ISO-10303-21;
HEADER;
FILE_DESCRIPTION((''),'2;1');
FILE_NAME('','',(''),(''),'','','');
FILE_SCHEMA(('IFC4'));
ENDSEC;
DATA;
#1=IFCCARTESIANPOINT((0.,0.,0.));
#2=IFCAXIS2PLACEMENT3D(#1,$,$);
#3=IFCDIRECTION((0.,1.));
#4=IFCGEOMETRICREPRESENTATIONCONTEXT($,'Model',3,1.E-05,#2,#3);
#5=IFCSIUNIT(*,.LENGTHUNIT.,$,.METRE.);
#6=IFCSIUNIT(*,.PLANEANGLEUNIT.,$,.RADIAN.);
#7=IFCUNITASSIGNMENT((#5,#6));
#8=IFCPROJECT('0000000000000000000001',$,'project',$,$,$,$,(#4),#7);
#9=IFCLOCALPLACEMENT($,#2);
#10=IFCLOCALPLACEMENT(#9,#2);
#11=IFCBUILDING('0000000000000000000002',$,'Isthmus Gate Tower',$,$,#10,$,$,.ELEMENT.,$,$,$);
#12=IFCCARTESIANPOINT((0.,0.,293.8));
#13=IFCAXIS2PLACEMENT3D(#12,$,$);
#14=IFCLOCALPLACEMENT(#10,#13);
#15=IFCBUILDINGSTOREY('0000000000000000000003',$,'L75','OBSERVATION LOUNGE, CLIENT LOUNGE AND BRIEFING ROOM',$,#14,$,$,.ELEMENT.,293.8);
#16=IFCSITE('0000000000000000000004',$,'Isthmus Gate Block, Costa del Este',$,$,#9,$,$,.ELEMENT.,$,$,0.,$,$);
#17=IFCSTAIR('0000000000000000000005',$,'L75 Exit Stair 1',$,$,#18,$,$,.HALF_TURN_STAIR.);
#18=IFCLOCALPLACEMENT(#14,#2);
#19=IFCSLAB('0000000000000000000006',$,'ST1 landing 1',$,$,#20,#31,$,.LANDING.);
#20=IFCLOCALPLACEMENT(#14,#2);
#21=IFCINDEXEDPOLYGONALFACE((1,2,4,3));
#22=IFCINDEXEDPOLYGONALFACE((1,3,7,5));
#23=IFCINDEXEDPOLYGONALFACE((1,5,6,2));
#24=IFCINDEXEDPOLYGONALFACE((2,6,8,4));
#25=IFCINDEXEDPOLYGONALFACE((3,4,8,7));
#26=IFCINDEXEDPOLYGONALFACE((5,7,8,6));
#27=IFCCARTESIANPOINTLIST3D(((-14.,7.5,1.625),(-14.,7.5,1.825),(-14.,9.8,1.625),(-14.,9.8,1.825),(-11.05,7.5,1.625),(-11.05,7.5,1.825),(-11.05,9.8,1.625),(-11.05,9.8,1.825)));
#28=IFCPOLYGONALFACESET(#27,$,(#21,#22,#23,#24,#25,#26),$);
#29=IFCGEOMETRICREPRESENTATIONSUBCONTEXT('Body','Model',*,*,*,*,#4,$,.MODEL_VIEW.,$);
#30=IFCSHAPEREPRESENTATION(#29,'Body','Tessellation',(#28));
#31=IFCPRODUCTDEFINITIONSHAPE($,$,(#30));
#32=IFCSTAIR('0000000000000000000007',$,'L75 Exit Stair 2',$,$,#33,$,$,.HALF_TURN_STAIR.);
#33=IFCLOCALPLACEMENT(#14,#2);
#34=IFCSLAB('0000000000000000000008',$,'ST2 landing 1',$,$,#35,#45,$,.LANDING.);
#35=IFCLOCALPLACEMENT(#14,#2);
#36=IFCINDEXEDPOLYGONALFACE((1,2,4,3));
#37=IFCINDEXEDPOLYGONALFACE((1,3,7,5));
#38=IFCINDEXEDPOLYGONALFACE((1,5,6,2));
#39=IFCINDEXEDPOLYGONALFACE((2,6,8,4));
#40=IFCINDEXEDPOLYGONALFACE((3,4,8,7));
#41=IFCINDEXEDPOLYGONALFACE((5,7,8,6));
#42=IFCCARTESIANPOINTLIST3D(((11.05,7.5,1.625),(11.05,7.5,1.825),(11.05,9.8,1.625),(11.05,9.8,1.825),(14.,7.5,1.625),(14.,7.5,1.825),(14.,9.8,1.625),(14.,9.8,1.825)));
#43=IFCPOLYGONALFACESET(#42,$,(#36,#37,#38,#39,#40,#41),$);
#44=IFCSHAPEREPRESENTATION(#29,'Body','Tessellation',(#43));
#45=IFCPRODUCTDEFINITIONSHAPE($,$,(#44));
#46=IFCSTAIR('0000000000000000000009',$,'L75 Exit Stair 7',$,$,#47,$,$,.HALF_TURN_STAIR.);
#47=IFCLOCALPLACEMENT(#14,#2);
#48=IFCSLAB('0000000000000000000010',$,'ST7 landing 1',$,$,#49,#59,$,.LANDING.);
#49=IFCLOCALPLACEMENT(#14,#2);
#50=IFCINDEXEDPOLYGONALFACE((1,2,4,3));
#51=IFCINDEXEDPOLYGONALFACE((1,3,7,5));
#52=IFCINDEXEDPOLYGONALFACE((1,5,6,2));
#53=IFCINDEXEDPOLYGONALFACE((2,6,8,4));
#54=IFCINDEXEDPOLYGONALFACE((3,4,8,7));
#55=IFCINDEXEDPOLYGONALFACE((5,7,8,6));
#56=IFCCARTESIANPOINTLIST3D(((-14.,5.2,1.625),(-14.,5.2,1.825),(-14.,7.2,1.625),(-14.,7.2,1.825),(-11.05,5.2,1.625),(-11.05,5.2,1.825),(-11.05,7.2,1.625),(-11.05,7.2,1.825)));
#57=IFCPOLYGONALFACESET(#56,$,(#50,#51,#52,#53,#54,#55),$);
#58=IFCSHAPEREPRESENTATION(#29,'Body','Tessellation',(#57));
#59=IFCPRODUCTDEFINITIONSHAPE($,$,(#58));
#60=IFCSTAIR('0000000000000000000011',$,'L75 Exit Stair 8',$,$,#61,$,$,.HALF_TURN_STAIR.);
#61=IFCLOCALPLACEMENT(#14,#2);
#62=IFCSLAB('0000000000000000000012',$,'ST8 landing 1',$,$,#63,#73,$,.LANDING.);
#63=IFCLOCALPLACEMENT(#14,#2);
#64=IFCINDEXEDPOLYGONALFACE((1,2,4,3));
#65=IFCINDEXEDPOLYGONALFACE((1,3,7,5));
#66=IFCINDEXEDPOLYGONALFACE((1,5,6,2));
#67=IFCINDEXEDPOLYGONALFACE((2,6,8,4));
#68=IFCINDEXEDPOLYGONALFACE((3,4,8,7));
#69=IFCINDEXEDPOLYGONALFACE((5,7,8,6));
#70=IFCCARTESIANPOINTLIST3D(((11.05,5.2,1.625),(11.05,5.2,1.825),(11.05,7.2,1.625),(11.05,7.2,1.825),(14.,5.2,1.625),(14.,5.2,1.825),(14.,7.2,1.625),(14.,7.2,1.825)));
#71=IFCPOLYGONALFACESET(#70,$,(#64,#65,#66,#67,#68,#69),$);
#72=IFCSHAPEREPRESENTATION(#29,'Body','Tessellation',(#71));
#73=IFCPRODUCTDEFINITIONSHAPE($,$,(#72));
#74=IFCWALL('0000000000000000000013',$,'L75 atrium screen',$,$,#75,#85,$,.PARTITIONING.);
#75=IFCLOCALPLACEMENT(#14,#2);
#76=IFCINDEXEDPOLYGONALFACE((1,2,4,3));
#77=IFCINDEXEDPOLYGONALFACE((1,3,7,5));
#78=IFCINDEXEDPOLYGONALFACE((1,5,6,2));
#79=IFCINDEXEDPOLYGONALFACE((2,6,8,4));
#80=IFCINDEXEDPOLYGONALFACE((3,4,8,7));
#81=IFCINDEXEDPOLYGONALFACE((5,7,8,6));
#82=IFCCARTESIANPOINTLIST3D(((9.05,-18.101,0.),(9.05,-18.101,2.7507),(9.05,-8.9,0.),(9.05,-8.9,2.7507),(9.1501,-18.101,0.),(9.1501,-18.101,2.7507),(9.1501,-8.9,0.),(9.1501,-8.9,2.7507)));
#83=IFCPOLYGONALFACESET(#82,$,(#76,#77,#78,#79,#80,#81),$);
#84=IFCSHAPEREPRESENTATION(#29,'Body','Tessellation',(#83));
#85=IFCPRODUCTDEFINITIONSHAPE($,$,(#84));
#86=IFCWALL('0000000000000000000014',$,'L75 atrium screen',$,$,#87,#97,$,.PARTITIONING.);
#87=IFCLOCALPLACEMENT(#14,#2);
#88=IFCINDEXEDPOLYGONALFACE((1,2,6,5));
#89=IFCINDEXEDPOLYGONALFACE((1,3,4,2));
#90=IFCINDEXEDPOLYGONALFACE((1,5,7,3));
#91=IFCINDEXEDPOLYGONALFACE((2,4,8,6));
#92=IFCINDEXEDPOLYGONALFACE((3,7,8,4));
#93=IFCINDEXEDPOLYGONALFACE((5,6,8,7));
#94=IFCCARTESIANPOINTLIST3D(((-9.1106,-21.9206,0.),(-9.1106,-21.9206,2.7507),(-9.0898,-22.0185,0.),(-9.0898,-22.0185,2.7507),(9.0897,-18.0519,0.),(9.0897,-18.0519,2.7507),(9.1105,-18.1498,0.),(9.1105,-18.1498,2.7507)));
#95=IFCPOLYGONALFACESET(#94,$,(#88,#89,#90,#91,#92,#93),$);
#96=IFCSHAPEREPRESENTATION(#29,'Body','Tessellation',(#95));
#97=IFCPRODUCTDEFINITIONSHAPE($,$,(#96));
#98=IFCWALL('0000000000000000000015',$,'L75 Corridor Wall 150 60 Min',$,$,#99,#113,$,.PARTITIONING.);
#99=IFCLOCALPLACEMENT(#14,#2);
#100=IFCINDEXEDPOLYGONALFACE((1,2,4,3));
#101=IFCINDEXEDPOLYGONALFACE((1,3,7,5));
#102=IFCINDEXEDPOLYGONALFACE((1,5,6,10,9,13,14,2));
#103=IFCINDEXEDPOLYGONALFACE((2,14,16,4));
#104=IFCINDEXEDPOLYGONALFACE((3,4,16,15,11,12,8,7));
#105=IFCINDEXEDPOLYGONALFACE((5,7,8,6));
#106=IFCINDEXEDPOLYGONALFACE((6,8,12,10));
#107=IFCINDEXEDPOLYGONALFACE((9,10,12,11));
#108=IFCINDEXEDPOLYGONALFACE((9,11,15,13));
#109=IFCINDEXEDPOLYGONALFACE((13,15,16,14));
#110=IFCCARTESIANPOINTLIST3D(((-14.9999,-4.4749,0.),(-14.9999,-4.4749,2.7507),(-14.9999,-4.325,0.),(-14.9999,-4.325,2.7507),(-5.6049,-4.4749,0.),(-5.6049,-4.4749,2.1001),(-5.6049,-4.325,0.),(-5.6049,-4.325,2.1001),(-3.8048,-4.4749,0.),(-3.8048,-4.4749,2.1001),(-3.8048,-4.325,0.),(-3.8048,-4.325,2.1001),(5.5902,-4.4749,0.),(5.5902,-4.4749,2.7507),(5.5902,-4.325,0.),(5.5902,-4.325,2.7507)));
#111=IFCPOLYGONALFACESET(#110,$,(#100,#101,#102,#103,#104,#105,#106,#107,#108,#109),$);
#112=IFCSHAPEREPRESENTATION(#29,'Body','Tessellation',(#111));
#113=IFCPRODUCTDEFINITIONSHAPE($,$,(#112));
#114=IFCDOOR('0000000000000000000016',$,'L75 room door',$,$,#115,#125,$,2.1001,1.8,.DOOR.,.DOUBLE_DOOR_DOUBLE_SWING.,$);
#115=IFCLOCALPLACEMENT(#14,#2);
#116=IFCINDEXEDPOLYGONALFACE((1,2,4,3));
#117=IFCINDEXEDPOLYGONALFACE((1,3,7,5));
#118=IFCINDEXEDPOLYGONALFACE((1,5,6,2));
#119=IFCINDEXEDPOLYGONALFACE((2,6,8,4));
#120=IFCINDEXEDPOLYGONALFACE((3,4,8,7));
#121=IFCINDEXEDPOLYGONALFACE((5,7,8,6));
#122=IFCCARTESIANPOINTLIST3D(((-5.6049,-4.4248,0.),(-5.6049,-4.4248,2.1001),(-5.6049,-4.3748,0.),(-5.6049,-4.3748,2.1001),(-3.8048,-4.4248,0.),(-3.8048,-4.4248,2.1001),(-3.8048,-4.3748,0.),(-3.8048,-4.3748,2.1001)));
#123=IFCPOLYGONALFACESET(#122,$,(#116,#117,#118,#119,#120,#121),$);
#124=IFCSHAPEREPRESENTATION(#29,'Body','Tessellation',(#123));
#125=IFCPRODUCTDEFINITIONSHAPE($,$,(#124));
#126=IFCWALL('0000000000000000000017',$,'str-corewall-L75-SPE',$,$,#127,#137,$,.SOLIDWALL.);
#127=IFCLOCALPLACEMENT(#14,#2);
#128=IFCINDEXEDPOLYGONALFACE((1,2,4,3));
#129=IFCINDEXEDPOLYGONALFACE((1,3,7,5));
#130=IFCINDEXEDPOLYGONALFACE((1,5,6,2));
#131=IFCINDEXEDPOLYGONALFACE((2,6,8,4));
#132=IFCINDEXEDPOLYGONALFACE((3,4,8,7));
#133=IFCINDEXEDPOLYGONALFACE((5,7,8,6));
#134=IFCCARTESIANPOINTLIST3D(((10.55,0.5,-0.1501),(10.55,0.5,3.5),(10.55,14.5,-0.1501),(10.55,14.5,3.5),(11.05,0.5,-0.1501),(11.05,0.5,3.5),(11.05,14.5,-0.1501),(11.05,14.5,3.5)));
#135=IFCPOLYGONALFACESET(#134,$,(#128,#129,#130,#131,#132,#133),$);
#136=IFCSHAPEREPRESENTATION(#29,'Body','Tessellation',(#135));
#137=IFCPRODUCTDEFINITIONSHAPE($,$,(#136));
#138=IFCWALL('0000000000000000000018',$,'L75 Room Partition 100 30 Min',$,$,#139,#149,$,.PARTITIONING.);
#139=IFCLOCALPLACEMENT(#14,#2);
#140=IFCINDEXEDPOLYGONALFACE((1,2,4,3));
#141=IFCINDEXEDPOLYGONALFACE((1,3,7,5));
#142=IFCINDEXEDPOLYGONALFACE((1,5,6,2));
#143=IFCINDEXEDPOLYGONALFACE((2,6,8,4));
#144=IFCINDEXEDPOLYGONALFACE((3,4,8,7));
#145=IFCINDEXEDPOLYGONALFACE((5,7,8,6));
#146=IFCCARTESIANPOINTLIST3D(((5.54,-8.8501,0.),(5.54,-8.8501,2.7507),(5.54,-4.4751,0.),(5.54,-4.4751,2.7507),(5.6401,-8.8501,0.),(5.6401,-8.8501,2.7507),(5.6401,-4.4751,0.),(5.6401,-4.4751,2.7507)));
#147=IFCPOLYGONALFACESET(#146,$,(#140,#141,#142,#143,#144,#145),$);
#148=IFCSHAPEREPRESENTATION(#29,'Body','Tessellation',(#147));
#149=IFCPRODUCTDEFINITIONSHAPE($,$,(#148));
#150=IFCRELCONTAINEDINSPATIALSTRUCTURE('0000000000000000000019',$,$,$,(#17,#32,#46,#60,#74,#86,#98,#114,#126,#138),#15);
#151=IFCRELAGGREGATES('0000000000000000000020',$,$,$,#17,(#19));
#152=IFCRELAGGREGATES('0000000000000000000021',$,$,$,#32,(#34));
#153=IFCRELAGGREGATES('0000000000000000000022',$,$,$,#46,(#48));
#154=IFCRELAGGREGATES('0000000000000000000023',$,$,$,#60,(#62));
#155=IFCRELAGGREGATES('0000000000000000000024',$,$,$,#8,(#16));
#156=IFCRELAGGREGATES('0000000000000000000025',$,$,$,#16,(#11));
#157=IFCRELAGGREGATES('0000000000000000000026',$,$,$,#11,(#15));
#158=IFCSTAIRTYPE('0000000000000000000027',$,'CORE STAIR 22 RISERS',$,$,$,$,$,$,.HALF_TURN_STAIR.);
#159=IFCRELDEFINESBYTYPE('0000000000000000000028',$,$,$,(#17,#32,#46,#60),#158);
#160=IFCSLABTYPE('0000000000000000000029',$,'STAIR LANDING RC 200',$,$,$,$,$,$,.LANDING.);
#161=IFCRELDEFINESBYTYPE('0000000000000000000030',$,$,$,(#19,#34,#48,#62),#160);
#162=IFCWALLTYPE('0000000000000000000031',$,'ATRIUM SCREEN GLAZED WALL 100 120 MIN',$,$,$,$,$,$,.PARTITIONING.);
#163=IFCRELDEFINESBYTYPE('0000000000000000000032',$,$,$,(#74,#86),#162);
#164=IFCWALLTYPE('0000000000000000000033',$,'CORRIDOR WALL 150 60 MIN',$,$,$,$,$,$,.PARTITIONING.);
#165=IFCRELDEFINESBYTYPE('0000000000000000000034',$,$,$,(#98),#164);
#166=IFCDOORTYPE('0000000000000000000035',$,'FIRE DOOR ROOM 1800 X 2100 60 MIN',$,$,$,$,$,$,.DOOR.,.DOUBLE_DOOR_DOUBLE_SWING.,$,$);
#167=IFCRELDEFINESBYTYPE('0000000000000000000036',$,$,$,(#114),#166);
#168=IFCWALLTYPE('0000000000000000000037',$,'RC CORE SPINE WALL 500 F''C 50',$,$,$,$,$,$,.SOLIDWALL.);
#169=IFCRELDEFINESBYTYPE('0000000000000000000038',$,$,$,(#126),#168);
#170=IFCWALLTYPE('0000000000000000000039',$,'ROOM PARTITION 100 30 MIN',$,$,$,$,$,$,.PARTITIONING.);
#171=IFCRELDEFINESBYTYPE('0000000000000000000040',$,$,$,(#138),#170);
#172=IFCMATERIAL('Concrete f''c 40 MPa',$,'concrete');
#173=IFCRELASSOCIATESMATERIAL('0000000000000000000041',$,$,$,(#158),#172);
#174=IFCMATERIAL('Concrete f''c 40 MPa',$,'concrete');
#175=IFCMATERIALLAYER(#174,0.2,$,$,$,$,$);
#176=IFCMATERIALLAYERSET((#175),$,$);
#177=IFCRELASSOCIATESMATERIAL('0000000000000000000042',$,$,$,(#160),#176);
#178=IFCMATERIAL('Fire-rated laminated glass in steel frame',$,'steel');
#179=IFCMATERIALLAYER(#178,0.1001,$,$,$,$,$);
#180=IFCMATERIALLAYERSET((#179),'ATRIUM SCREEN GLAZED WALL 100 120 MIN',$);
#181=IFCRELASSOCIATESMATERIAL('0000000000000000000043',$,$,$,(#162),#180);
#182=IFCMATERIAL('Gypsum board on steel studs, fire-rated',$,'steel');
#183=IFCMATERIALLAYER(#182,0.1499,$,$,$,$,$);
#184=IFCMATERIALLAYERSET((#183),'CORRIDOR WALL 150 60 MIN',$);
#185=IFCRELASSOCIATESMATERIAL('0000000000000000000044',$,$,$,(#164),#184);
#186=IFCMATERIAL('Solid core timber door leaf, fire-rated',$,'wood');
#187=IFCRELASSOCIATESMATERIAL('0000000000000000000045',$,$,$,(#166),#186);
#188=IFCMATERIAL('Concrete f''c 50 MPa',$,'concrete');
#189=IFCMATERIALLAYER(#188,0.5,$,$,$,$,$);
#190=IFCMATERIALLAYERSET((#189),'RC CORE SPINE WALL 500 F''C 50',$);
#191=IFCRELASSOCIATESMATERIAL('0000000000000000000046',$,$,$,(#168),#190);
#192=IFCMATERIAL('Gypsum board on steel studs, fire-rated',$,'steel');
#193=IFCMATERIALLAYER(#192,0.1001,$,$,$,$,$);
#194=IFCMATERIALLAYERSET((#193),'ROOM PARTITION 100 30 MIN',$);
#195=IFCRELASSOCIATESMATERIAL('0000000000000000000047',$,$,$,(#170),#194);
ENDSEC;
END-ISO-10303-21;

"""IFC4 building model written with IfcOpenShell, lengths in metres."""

from ifc_helpers import new_model, si_unit, direction, frame, frame_2d, origin, place, context, subcontext, project, spatial, polyline, rectangle, outline, extrude, material, layer, layer_set, type_object, element, fill, aggregate, save


model = new_model("IFC4")

# Units and contexts
model_context = context("Model", 3, precision=1e-05, world=origin(), true_north=direction((0.0, 1.0)))
body_context = subcontext(model_context, "Body", "Model", "MODEL_VIEW")
ifc_project = project(units=[si_unit("LENGTHUNIT", "METRE"), si_unit("PLANEANGLEUNIT", "RADIAN")], contexts=[model_context])

# Site, building, storey
site_placement = place(None, origin())
site = spatial("IfcSite", under=ifc_project, at=site_placement, Name="Isthmus Gate Block, Costa del Este", CompositionType="ELEMENT", RefElevation=0.0)
building_placement = place(site_placement, origin())
building = spatial("IfcBuilding", under=site, at=building_placement, Name="Isthmus Gate Tower", CompositionType="ELEMENT")
storey_placement = place(building_placement, frame((0.0, 0.0, 293.8)))
storey = spatial("IfcBuildingStorey", under=building, at=storey_placement, Name="L75", Description="OBSERVATION LOUNGE, CLIENT LOUNGE AND BRIEFING ROOM", CompositionType="ELEMENT", Elevation=293.8)

# Stairs, slabs
ifc_material_1 = material(Name="Concrete f'c 40 MPa", Category="concrete")
stair_type = type_object("IfcStairType", Name="CORE STAIR 22 RISERS", PredefinedType="HALF_TURN_STAIR", material=ifc_material_1)
stair_1_placement = place(storey_placement, origin())
stair_1 = element("IfcStair", 1, at=stair_1_placement, inside=storey, type_object=stair_type, Name="L75 Exit Stair 1", PredefinedType="HALF_TURN_STAIR")
ifc_material_2 = material(Name="Concrete f'c 40 MPa", Category="concrete")
ifc_layer_1 = layer(ifc_material_2, 0.2)
ifc_layer_set_1 = layer_set([ifc_layer_1])
slab_type_1 = type_object("IfcSlabType", Name="STAIR LANDING RC 200", PredefinedType="LANDING", material=ifc_layer_set_1)
slab_1_placement = place(storey_placement, frame((0.0, 0.0, 1.625)))
slab_1 = element("IfcSlab", 2, at=slab_1_placement, type_object=slab_type_1, Name="ST1 landing 1", PredefinedType="LANDING", context=body_context, shape_type="SweptSolid", body=[
    extrude(outline(polyline([(-14.0, 9.8), (-14.0, 7.5), (-11.05, 7.5), (-11.05, 9.8), (-14.0, 9.8)])), origin(), (0.0, 0.0, 1.0), 0.2),
])
aggregate(stair_1, [slab_1])
stair_2_placement = place(storey_placement, origin())
stair_2 = element("IfcStair", 3, at=stair_2_placement, inside=storey, type_object=stair_type, Name="L75 Exit Stair 2", PredefinedType="HALF_TURN_STAIR")
slab_2_placement = place(storey_placement, frame((0.0, 0.0, 1.625)))
slab_2 = element("IfcSlab", 4, at=slab_2_placement, type_object=slab_type_1, Name="ST2 landing 1", PredefinedType="LANDING", context=body_context, shape_type="SweptSolid", body=[
    extrude(outline(polyline([(11.05, 9.8), (11.05, 7.5), (14.0, 7.5), (14.0, 9.8), (11.05, 9.8)])), origin(), (0.0, 0.0, 1.0), 0.2),
])
aggregate(stair_2, [slab_2])
stair_3_placement = place(storey_placement, origin())
stair_3 = element("IfcStair", 5, at=stair_3_placement, inside=storey, type_object=stair_type, Name="L75 Exit Stair 7", PredefinedType="HALF_TURN_STAIR")
slab_3_placement = place(storey_placement, frame((0.0, 0.0, 1.625)))
slab_3 = element("IfcSlab", 6, at=slab_3_placement, type_object=slab_type_1, Name="ST7 landing 1", PredefinedType="LANDING", context=body_context, shape_type="SweptSolid", body=[
    extrude(outline(polyline([(-11.05, 5.2), (-11.05, 7.2), (-14.0, 7.2), (-14.0, 5.2), (-11.05, 5.2)])), origin(), (0.0, 0.0, 1.0), 0.2),
])
aggregate(stair_3, [slab_3])
stair_4_placement = place(storey_placement, origin())
stair_4 = element("IfcStair", 7, at=stair_4_placement, inside=storey, type_object=stair_type, Name="L75 Exit Stair 8", PredefinedType="HALF_TURN_STAIR")
slab_4_placement = place(storey_placement, frame((0.0, 0.0, 1.625)))
slab_4 = element("IfcSlab", 8, at=slab_4_placement, type_object=slab_type_1, Name="ST8 landing 1", PredefinedType="LANDING", context=body_context, shape_type="SweptSolid", body=[
    extrude(outline(polyline([(14.0, 5.2), (14.0, 7.2), (11.05, 7.2), (11.05, 5.2), (14.0, 5.2)])), origin(), (0.0, 0.0, 1.0), 0.2),
])
aggregate(stair_4, [slab_4])

# Walls
ifc_material_3 = material(Name="Fire-rated laminated glass in steel frame", Category="steel")
ifc_layer_2 = layer(ifc_material_3, 0.1001)
ifc_layer_set_2 = layer_set([ifc_layer_2], Name="ATRIUM SCREEN GLAZED WALL 100 120 MIN")
wall_type_1 = type_object("IfcWallType", Name="ATRIUM SCREEN GLAZED WALL 100 120 MIN", PredefinedType="PARTITIONING", material=ifc_layer_set_2)
wall_1_placement = place(storey_placement, frame((9.1001, -8.8999, 0.0), z_axis=(0.0, 0.0, 1.0), x_axis=(0.0, -1.0, 0.0)))
element("IfcWall", 9, at=wall_1_placement, inside=storey, type_object=wall_type_1, Name="L75 atrium screen", PredefinedType="PARTITIONING", context=body_context, shape_type="SweptSolid", body=[
    extrude(rectangle(XDim=9.2009, YDim=0.1001, at=frame_2d((4.6006, 0.0))), origin(), (0.0, 0.0, 1.0), 2.7507),
])
wall_2_placement = place(storey_placement, frame((9.1001, -18.1008, 0.0), z_axis=(0.0, 0.0, 1.0), x_axis=(-0.978147, -0.207916, 0.0)))
element("IfcWall", 10, at=wall_2_placement, inside=storey, type_object=wall_type_1, Name="L75 atrium screen", PredefinedType="PARTITIONING", context=body_context, shape_type="SweptSolid", body=[
    extrude(rectangle(XDim=18.6069, YDim=0.1001, at=frame_2d((9.3035, 0.0))), origin(), (0.0, 0.0, 1.0), 2.7507),
])

# Wall, opening, door
ifc_material_4 = material(Name="Gypsum board on steel studs, fire-rated", Category="steel")
ifc_layer_3 = layer(ifc_material_4, 0.1499)
ifc_layer_set_3 = layer_set([ifc_layer_3], Name="CORRIDOR WALL 150 60 MIN")
wall_type_2 = type_object("IfcWallType", Name="CORRIDOR WALL 150 60 MIN", PredefinedType="PARTITIONING", material=ifc_layer_set_3)
wall_3_placement = place(storey_placement, frame((5.5901, -4.3999, 0.0), z_axis=(0.0, 0.0, 1.0), x_axis=(-1.0, 0.0, 0.0)))
wall_3 = element("IfcWall", 11, at=wall_3_placement, inside=storey, type_object=wall_type_2, Name="L75 Corridor Wall 150 60 Min", PredefinedType="PARTITIONING", context=body_context, shape_type="SweptSolid", body=[
    extrude(rectangle(XDim=20.5901, YDim=0.1499, at=frame_2d((10.2949, 0.0))), origin(), (0.0, 0.0, 1.0), 2.7507),
])
opening_placement = place(wall_3_placement, frame((9.395, 0.0, 0.0)))
opening = element("IfcOpeningElement", 12, at=opening_placement, cuts=wall_3, PredefinedType="OPENING", context=body_context, shape_type="SweptSolid", body=[
    extrude(rectangle(XDim=1.8, YDim=2.1001, at=frame_2d((0.8999, 1.05))), frame((0.0, 0.085, 0.0), z_axis=(0.0, -1.0, 0.0), x_axis=(1.0, 0.0, 0.0)), (0.0, 0.0, 1.0), 0.1699),
])
ifc_material_5 = material(Name="Solid core timber door leaf, fire-rated", Category="wood")
door_type = type_object("IfcDoorType", Name="FIRE DOOR ROOM 1800 X 2100 60 MIN", OperationType="DOUBLE_DOOR_DOUBLE_SWING", PredefinedType="DOOR", material=ifc_material_5)
door_placement = place(opening_placement, origin())
door = element("IfcDoor", 13, at=door_placement, inside=storey, type_object=door_type, Name="L75 room door", OperationType="DOUBLE_DOOR_DOUBLE_SWING", OverallHeight=2.1001, OverallWidth=1.8, PredefinedType="DOOR", context=body_context, shape_type="SweptSolid", body=[
    extrude(rectangle(XDim=1.8, YDim=2.1001, at=frame_2d((0.8999, 1.05))), frame((0.0, 0.0249, 0.0), z_axis=(0.0, -1.0, 0.0), x_axis=(1.0, 0.0, 0.0)), (0.0, 0.0, 1.0), 0.05),
])
fill(opening, door)

# Walls
ifc_material_6 = material(Name="Concrete f'c 50 MPa", Category="concrete")
ifc_layer_4 = layer(ifc_material_6, 0.5)
ifc_layer_set_4 = layer_set([ifc_layer_4], Name="RC CORE SPINE WALL 500 F'C 50")
wall_type_3 = type_object("IfcWallType", Name="RC CORE SPINE WALL 500 F'C 50", PredefinedType="SOLIDWALL", material=ifc_layer_set_4)
wall_4_placement = place(storey_placement, frame((10.8, 0.5, -0.1501), z_axis=(0.0, 0.0, 1.0), x_axis=(0.0, 1.0, 0.0)))
element("IfcWall", 14, at=wall_4_placement, inside=storey, type_object=wall_type_3, Name="str-corewall-L75-SPE", PredefinedType="SOLIDWALL", context=body_context, shape_type="SweptSolid", body=[
    extrude(rectangle(XDim=14.0, YDim=0.5, at=frame_2d((7.0, 0.0))), origin(), (0.0, 0.0, 1.0), 3.6501),
])
ifc_material_7 = material(Name="Gypsum board on steel studs, fire-rated", Category="steel")
ifc_layer_5 = layer(ifc_material_7, 0.1001)
ifc_layer_set_5 = layer_set([ifc_layer_5], Name="ROOM PARTITION 100 30 MIN")
wall_type_4 = type_object("IfcWallType", Name="ROOM PARTITION 100 30 MIN", PredefinedType="PARTITIONING", material=ifc_layer_set_5)
wall_5_placement = place(storey_placement, frame((5.5901, -8.8501, 0.0), z_axis=(0.0, 0.0, 1.0), x_axis=(0.0, 1.0, 0.0)))
element("IfcWall", 15, at=wall_5_placement, inside=storey, type_object=wall_type_4, Name="L75 Room Partition 100 30 Min", PredefinedType="PARTITIONING", context=body_context, shape_type="SweptSolid", body=[
    extrude(rectangle(XDim=4.375, YDim=0.1001, at=frame_2d((2.1875, 0.0))), origin(), (0.0, 0.0, 1.0), 2.7507),
])

save(model, "model.ifc")
